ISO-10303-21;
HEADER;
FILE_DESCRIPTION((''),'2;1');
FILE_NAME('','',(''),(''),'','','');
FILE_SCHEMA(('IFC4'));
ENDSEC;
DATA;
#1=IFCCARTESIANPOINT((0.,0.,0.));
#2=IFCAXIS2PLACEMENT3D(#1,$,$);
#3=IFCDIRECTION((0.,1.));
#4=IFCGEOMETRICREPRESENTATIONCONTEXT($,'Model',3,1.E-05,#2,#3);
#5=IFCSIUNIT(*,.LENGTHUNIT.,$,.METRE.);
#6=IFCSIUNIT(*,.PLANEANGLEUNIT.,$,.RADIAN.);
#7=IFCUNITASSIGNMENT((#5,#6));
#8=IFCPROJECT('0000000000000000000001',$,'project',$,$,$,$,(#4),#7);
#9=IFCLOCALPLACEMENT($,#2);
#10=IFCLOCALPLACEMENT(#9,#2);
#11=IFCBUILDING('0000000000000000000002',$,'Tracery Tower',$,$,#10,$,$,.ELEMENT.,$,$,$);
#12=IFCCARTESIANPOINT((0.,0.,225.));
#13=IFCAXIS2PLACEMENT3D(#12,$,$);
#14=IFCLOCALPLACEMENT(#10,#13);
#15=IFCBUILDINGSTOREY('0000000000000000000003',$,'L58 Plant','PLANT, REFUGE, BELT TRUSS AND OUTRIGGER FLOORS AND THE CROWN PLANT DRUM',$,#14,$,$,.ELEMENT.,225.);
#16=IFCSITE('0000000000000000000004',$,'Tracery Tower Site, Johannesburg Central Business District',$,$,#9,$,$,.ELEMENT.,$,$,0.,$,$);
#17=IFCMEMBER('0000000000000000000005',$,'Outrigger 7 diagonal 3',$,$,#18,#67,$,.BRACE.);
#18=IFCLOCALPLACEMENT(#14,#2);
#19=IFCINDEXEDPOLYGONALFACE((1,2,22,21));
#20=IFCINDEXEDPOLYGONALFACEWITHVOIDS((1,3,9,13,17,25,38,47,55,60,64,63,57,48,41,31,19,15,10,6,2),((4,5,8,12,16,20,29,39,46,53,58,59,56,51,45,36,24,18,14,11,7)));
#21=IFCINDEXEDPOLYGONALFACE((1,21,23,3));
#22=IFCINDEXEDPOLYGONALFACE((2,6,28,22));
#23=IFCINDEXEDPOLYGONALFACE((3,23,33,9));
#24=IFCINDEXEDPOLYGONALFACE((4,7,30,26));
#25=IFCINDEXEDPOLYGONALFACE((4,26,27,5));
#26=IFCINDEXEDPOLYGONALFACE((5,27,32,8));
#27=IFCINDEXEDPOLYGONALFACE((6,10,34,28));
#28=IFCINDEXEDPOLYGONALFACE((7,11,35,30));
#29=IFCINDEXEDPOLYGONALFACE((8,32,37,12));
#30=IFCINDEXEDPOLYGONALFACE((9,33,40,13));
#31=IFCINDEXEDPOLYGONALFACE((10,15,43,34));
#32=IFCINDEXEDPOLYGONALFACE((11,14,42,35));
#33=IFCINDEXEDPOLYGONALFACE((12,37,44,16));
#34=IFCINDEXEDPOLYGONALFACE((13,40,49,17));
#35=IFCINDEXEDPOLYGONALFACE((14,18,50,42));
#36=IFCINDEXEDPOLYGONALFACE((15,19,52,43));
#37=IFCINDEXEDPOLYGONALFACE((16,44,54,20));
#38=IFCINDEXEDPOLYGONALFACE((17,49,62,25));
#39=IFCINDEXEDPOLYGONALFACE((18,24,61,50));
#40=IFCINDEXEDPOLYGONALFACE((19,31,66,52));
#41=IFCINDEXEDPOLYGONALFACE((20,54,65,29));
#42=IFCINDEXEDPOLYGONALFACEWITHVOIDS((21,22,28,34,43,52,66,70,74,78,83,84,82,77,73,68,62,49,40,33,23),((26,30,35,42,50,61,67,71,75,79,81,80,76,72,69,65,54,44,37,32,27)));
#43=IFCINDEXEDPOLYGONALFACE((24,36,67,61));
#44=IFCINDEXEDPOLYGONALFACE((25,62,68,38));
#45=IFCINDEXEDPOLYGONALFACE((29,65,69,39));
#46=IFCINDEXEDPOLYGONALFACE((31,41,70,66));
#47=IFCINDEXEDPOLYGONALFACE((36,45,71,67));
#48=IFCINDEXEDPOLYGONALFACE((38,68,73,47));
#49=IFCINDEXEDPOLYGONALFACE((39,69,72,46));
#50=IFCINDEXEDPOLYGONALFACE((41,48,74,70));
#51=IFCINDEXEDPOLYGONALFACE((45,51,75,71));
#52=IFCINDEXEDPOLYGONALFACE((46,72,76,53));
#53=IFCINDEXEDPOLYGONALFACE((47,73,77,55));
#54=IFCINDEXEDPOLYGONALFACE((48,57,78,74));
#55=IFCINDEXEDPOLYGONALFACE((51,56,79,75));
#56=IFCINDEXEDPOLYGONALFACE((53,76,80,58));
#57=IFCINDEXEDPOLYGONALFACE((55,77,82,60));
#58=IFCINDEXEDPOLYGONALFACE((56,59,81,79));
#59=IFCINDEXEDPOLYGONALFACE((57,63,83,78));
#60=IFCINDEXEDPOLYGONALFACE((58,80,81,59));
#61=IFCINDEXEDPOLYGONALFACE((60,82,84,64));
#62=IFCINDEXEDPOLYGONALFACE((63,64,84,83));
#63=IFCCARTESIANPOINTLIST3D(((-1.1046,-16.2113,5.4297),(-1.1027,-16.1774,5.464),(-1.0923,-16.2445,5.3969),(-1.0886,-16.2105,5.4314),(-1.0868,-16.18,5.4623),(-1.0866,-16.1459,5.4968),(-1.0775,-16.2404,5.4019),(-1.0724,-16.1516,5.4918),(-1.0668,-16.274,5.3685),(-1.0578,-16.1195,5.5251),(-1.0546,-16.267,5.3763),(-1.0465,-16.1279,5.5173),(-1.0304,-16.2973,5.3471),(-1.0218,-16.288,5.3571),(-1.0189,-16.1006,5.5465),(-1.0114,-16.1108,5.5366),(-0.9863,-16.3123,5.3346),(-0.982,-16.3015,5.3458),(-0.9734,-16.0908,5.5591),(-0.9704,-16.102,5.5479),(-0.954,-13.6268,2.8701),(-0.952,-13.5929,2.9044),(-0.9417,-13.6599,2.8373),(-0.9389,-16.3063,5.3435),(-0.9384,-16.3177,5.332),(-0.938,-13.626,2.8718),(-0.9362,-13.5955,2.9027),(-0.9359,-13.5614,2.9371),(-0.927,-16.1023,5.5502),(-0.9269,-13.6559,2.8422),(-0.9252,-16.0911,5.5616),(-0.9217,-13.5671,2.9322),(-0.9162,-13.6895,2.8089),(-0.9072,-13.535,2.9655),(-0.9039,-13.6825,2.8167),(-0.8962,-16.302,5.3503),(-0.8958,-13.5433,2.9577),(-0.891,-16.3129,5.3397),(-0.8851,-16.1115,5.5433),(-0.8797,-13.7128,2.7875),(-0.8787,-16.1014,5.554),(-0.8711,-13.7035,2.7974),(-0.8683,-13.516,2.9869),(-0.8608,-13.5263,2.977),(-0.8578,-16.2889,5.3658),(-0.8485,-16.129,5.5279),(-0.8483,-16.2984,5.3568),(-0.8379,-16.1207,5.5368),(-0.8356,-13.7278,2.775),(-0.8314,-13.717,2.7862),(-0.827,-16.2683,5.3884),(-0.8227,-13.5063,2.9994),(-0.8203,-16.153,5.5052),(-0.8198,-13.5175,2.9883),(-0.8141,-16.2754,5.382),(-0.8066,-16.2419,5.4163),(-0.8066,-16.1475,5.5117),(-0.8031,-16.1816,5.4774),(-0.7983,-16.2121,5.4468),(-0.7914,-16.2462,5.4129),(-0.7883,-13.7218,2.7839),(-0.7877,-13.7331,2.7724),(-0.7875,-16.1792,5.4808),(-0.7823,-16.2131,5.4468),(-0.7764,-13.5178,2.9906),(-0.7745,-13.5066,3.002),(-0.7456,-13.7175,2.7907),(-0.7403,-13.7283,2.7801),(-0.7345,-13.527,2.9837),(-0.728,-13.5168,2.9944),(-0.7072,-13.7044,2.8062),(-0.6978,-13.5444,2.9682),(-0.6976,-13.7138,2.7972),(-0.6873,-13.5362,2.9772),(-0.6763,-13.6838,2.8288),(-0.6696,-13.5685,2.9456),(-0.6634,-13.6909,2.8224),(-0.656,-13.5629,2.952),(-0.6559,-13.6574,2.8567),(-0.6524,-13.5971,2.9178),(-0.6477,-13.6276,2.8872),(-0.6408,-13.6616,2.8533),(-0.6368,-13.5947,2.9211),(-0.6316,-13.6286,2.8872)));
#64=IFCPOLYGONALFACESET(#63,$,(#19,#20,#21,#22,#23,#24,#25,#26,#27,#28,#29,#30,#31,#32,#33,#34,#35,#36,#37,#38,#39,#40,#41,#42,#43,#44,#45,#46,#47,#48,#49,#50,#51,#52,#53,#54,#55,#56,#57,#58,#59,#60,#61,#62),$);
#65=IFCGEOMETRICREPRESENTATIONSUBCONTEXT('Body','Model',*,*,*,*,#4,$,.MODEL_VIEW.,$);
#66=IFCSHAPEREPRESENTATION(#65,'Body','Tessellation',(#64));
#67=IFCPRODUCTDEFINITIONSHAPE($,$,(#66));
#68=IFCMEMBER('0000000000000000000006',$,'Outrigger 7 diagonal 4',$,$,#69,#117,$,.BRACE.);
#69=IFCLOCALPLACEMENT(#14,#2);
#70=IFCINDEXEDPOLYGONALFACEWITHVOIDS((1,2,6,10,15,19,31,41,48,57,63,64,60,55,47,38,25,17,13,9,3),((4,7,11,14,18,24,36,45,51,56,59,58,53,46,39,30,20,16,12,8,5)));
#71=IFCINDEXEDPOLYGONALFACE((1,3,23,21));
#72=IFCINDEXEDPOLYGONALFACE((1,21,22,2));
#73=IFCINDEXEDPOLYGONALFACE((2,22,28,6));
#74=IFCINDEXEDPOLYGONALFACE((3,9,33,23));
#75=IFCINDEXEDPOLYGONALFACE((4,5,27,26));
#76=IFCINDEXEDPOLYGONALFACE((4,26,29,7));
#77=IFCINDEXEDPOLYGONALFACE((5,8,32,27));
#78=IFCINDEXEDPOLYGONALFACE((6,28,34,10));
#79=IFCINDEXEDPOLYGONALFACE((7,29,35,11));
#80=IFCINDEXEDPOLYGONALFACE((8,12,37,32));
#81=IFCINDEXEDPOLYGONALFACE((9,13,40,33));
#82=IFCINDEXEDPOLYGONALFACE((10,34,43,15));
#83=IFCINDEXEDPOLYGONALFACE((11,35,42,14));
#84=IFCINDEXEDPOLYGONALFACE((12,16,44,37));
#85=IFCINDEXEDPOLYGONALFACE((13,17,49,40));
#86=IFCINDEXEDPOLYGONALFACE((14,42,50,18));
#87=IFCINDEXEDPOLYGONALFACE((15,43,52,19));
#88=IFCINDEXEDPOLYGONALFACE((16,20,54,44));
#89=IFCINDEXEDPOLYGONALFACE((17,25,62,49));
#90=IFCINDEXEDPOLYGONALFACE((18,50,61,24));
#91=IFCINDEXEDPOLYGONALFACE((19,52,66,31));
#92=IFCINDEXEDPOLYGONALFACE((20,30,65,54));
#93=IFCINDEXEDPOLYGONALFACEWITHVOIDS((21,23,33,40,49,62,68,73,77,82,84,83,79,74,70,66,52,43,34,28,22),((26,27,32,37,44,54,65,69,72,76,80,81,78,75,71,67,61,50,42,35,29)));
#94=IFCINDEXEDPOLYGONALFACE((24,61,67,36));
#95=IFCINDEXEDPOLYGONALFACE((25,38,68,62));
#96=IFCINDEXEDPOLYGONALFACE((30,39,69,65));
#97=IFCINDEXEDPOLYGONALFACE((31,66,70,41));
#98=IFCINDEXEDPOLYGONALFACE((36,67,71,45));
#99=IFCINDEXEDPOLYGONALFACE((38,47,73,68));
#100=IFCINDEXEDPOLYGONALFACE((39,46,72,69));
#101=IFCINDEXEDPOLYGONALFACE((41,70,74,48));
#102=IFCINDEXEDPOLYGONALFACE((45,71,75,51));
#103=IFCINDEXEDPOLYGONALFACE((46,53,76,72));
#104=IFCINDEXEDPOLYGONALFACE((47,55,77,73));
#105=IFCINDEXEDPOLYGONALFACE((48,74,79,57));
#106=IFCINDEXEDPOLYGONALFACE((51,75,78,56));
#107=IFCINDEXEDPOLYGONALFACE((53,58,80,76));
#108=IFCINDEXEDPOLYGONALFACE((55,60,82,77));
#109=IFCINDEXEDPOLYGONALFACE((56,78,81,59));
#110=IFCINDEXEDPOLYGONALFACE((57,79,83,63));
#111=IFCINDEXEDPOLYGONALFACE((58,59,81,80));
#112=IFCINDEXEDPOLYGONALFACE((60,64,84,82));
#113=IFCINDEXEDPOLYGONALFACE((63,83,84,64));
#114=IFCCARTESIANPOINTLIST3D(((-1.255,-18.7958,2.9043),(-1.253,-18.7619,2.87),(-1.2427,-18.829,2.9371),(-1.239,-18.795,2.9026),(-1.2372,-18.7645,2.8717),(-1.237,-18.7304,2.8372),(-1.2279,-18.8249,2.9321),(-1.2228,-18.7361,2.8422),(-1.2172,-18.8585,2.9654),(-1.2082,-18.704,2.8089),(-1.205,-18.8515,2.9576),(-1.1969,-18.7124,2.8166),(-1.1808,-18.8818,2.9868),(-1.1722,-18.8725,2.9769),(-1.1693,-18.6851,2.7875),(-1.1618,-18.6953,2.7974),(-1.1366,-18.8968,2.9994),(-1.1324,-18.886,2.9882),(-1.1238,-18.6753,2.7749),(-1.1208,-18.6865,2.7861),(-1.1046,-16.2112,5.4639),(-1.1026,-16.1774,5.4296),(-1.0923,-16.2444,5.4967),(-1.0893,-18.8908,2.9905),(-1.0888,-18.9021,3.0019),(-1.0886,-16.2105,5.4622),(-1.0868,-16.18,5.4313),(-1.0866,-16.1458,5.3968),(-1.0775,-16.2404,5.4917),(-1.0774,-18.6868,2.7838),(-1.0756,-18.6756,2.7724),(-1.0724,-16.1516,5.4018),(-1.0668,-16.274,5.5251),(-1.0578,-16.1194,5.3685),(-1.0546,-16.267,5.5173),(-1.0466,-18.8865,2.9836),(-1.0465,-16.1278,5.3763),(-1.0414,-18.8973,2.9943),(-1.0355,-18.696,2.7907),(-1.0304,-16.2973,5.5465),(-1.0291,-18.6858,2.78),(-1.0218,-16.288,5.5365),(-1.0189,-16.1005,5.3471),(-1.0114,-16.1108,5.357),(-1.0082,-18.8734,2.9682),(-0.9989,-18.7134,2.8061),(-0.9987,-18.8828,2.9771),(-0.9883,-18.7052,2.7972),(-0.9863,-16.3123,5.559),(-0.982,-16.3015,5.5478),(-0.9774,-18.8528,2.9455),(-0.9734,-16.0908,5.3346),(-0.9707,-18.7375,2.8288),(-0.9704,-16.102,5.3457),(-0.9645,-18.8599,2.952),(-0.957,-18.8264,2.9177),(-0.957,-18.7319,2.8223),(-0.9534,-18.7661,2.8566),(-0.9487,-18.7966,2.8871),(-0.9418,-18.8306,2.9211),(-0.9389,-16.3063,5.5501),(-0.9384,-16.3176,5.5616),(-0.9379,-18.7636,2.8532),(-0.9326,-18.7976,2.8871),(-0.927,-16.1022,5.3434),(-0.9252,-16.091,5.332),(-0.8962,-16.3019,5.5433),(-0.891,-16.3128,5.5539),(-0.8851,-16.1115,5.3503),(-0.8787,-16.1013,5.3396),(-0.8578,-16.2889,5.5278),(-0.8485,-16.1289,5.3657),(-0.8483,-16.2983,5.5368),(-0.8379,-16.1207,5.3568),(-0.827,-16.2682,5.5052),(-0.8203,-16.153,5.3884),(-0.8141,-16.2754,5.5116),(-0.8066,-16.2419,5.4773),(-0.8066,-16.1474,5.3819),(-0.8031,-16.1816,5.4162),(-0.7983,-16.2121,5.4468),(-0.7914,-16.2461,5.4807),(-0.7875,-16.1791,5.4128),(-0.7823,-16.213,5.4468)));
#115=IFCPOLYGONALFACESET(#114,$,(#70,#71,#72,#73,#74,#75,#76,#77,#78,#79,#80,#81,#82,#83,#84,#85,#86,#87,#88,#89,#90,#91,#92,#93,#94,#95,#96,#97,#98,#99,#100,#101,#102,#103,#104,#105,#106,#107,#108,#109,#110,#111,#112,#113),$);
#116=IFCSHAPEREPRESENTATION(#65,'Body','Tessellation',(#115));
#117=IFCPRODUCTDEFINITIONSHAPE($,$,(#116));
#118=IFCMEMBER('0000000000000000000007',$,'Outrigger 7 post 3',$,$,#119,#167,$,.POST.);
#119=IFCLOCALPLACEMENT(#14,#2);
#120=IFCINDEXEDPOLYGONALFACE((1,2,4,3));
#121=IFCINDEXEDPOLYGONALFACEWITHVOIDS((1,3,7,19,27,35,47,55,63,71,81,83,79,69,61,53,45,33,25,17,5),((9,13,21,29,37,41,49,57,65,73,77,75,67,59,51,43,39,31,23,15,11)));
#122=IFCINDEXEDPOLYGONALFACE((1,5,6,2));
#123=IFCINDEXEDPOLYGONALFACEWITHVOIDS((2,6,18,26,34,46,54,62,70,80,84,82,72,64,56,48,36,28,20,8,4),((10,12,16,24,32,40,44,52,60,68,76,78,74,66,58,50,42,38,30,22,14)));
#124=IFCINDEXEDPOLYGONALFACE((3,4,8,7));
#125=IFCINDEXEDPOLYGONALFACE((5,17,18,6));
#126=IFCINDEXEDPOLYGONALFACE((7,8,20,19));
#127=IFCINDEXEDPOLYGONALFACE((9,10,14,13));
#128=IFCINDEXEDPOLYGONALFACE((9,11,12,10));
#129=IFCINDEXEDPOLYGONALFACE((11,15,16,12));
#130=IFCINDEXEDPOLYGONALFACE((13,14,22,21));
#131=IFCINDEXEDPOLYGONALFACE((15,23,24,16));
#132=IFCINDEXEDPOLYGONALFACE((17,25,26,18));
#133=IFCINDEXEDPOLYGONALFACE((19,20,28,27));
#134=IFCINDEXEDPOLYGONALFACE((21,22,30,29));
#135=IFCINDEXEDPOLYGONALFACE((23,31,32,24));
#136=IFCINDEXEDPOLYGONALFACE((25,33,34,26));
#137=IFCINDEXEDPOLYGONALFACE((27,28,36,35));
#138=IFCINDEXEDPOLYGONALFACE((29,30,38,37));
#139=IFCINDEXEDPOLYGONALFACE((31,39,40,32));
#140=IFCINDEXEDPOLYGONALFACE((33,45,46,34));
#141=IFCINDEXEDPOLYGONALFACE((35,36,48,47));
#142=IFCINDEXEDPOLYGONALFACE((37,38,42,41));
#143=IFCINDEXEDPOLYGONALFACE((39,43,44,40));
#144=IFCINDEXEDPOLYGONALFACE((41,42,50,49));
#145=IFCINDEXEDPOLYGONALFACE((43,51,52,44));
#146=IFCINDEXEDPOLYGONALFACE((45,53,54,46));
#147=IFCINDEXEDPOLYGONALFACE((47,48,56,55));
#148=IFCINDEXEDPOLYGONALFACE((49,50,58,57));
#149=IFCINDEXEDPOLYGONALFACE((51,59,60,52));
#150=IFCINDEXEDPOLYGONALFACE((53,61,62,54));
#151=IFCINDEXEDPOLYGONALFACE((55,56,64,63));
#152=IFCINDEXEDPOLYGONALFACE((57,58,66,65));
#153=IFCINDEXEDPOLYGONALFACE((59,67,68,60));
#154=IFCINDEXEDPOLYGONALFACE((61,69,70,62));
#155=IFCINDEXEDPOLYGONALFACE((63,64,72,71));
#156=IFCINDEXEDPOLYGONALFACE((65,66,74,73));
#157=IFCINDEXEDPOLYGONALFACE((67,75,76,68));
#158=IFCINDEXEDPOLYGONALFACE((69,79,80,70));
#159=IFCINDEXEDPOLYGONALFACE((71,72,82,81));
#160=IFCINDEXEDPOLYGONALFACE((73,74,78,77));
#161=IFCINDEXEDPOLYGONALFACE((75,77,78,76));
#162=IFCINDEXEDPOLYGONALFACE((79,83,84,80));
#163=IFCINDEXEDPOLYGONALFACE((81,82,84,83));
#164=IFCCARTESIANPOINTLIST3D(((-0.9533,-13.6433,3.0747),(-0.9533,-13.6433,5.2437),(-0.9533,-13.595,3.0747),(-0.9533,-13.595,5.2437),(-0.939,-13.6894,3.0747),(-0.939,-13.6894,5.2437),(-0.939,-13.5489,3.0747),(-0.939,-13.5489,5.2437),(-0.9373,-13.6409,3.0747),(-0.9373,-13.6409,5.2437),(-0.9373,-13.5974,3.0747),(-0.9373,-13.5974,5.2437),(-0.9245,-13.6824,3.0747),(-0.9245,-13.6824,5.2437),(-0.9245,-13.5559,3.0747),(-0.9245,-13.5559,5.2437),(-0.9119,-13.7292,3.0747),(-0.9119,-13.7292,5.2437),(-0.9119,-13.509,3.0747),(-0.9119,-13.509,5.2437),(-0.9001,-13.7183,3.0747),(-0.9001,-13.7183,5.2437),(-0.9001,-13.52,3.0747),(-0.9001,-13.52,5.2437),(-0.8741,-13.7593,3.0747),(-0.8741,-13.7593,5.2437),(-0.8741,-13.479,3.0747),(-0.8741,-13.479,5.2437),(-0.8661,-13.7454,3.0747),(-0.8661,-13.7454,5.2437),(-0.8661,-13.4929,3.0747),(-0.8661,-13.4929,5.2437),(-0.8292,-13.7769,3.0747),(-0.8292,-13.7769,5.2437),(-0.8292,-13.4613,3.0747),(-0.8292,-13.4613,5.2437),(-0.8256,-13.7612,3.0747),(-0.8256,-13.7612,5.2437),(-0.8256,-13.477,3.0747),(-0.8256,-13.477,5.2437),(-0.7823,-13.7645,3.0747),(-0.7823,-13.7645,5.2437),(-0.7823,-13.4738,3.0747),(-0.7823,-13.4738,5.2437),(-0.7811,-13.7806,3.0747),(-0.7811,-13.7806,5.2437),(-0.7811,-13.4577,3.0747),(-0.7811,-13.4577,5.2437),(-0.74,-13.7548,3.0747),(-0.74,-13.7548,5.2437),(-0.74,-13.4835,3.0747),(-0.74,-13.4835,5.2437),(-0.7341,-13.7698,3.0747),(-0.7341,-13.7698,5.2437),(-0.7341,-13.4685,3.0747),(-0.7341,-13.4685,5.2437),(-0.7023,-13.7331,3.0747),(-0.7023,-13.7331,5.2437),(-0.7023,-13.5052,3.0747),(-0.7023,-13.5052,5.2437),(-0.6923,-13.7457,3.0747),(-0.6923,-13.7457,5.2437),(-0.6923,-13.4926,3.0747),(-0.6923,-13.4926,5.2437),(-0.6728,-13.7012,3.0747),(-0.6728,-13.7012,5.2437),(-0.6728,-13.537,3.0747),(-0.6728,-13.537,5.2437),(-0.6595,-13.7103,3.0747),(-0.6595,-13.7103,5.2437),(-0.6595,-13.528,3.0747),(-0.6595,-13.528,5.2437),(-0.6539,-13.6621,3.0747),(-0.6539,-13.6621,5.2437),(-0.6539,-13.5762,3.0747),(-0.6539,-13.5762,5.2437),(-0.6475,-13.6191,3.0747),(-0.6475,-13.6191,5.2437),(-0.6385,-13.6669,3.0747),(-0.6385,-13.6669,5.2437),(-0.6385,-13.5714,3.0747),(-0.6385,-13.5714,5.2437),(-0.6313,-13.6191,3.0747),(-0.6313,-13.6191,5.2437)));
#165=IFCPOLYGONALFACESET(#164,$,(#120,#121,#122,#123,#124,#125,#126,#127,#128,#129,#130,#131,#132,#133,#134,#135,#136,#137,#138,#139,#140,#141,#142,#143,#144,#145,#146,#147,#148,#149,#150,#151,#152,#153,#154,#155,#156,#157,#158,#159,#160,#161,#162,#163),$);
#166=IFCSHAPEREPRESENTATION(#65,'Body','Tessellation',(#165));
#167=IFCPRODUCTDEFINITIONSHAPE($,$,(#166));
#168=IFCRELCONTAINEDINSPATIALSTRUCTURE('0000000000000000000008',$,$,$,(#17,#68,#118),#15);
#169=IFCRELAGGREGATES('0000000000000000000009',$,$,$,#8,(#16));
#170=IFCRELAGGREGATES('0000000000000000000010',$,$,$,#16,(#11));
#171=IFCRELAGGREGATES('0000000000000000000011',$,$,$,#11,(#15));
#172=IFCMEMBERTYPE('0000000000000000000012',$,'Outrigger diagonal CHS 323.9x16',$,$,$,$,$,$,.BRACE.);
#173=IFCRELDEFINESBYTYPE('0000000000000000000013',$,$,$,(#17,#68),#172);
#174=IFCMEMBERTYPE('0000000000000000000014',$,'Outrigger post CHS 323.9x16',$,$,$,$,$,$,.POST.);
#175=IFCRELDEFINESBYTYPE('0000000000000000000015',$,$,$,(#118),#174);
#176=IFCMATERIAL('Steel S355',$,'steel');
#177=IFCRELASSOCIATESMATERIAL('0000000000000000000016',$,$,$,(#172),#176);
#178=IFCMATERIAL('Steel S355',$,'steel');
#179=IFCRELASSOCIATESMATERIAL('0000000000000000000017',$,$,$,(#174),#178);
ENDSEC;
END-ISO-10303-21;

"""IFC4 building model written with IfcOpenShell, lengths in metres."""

from ifc_helpers import new_model, si_unit, direction, frame, origin, origin_2d, place, context, subcontext, project, spatial, hollow_circle, extrude, material, material_profile, profile_set, type_object, element, save


model = new_model("IFC4")

# Units and contexts
model_context = context("Model", 3, precision=1e-05, world=origin(), true_north=direction((0.0, 1.0)))
body_context = subcontext(model_context, "Body", "Model", "MODEL_VIEW")
ifc_project = project(units=[si_unit("LENGTHUNIT", "METRE"), si_unit("PLANEANGLEUNIT", "RADIAN")], contexts=[model_context])

# Site, building, storey
site_placement = place(None, origin())
site = spatial("IfcSite", under=ifc_project, at=site_placement, Name="Tracery Tower Site, Johannesburg Central Business District", CompositionType="ELEMENT", RefElevation=0.0)
building_placement = place(site_placement, origin())
building = spatial("IfcBuilding", under=site, at=building_placement, Name="Tracery Tower", CompositionType="ELEMENT")
storey_placement = place(building_placement, frame((0.0, 0.0, 225.0)))
storey = spatial("IfcBuildingStorey", under=building, at=storey_placement, Name="L58 Plant", Description="PLANT, REFUGE, BELT TRUSS AND OUTRIGGER FLOORS AND THE CROWN PLANT DRUM", CompositionType="ELEMENT", Elevation=225.0)

# Members
ifc_material_1 = material(Name="Steel S355", Category="steel")
ifc_material_profile_1 = material_profile(ifc_material_1, hollow_circle(Radius=0.1619, WallThickness=0.0161, at=origin_2d()), Name="CHS 323.9x16")
ifc_profile_set_1 = profile_set([ifc_material_profile_1], Name="Steel S355")
member_type_1 = type_object("IfcMemberType", Name="Outrigger diagonal CHS 323.9x16", PredefinedType="BRACE", material=ifc_profile_set_1)
for number, where, z_axis, x_axis, name in (
    (1, (-0.7932, -13.6191, 2.8872), (-0.041377, -0.709913, 0.703073), (0.998306, -0.058186, 0.0), "Outrigger 7 diagonal 3"),
    (2, (-0.9438, -16.2036, 5.4468), (-0.04131, -0.709915, -0.703075), (0.998311, -0.058092, 0.0), "Outrigger 7 diagonal 4"),
):
    element("IfcMember", number, at=place(storey_placement, frame(where, z_axis=z_axis, x_axis=x_axis)), inside=storey, type_object=member_type_1, Name=name, PredefinedType="BRACE", context=body_context, shape_type="SweptSolid", body=[
        extrude(hollow_circle(Radius=0.1619, WallThickness=0.0161, at=origin_2d()), origin(), (0.0, 0.0, 1.0), 3.6406),
    ])
ifc_material_2 = material(Name="Steel S355", Category="steel")
ifc_material_profile_2 = material_profile(ifc_material_2, hollow_circle(Radius=0.1619, WallThickness=0.0161, at=origin_2d()), Name="CHS 323.9x16")
ifc_profile_set_2 = profile_set([ifc_material_profile_2], Name="Steel S355")
member_type_2 = type_object("IfcMemberType", Name="Outrigger post CHS 323.9x16", PredefinedType="POST", material=ifc_profile_set_2)
for number, where, z_axis, x_axis, name in (
    (3, (-0.7932, -13.6191, 3.0747), (0.0, 0.0, 1.0), (1.0, 0.0, 0.0), "Outrigger 7 post 3"),
):
    element("IfcMember", number, at=place(storey_placement, frame(where, z_axis=z_axis, x_axis=x_axis)), inside=storey, type_object=member_type_2, Name=name, PredefinedType="POST", context=body_context, shape_type="SweptSolid", body=[
        extrude(hollow_circle(Radius=0.1619, WallThickness=0.0161, at=origin_2d()), origin(), (0.0, 0.0, 1.0), 2.1689),
    ])

save(model, "model.ifc")
